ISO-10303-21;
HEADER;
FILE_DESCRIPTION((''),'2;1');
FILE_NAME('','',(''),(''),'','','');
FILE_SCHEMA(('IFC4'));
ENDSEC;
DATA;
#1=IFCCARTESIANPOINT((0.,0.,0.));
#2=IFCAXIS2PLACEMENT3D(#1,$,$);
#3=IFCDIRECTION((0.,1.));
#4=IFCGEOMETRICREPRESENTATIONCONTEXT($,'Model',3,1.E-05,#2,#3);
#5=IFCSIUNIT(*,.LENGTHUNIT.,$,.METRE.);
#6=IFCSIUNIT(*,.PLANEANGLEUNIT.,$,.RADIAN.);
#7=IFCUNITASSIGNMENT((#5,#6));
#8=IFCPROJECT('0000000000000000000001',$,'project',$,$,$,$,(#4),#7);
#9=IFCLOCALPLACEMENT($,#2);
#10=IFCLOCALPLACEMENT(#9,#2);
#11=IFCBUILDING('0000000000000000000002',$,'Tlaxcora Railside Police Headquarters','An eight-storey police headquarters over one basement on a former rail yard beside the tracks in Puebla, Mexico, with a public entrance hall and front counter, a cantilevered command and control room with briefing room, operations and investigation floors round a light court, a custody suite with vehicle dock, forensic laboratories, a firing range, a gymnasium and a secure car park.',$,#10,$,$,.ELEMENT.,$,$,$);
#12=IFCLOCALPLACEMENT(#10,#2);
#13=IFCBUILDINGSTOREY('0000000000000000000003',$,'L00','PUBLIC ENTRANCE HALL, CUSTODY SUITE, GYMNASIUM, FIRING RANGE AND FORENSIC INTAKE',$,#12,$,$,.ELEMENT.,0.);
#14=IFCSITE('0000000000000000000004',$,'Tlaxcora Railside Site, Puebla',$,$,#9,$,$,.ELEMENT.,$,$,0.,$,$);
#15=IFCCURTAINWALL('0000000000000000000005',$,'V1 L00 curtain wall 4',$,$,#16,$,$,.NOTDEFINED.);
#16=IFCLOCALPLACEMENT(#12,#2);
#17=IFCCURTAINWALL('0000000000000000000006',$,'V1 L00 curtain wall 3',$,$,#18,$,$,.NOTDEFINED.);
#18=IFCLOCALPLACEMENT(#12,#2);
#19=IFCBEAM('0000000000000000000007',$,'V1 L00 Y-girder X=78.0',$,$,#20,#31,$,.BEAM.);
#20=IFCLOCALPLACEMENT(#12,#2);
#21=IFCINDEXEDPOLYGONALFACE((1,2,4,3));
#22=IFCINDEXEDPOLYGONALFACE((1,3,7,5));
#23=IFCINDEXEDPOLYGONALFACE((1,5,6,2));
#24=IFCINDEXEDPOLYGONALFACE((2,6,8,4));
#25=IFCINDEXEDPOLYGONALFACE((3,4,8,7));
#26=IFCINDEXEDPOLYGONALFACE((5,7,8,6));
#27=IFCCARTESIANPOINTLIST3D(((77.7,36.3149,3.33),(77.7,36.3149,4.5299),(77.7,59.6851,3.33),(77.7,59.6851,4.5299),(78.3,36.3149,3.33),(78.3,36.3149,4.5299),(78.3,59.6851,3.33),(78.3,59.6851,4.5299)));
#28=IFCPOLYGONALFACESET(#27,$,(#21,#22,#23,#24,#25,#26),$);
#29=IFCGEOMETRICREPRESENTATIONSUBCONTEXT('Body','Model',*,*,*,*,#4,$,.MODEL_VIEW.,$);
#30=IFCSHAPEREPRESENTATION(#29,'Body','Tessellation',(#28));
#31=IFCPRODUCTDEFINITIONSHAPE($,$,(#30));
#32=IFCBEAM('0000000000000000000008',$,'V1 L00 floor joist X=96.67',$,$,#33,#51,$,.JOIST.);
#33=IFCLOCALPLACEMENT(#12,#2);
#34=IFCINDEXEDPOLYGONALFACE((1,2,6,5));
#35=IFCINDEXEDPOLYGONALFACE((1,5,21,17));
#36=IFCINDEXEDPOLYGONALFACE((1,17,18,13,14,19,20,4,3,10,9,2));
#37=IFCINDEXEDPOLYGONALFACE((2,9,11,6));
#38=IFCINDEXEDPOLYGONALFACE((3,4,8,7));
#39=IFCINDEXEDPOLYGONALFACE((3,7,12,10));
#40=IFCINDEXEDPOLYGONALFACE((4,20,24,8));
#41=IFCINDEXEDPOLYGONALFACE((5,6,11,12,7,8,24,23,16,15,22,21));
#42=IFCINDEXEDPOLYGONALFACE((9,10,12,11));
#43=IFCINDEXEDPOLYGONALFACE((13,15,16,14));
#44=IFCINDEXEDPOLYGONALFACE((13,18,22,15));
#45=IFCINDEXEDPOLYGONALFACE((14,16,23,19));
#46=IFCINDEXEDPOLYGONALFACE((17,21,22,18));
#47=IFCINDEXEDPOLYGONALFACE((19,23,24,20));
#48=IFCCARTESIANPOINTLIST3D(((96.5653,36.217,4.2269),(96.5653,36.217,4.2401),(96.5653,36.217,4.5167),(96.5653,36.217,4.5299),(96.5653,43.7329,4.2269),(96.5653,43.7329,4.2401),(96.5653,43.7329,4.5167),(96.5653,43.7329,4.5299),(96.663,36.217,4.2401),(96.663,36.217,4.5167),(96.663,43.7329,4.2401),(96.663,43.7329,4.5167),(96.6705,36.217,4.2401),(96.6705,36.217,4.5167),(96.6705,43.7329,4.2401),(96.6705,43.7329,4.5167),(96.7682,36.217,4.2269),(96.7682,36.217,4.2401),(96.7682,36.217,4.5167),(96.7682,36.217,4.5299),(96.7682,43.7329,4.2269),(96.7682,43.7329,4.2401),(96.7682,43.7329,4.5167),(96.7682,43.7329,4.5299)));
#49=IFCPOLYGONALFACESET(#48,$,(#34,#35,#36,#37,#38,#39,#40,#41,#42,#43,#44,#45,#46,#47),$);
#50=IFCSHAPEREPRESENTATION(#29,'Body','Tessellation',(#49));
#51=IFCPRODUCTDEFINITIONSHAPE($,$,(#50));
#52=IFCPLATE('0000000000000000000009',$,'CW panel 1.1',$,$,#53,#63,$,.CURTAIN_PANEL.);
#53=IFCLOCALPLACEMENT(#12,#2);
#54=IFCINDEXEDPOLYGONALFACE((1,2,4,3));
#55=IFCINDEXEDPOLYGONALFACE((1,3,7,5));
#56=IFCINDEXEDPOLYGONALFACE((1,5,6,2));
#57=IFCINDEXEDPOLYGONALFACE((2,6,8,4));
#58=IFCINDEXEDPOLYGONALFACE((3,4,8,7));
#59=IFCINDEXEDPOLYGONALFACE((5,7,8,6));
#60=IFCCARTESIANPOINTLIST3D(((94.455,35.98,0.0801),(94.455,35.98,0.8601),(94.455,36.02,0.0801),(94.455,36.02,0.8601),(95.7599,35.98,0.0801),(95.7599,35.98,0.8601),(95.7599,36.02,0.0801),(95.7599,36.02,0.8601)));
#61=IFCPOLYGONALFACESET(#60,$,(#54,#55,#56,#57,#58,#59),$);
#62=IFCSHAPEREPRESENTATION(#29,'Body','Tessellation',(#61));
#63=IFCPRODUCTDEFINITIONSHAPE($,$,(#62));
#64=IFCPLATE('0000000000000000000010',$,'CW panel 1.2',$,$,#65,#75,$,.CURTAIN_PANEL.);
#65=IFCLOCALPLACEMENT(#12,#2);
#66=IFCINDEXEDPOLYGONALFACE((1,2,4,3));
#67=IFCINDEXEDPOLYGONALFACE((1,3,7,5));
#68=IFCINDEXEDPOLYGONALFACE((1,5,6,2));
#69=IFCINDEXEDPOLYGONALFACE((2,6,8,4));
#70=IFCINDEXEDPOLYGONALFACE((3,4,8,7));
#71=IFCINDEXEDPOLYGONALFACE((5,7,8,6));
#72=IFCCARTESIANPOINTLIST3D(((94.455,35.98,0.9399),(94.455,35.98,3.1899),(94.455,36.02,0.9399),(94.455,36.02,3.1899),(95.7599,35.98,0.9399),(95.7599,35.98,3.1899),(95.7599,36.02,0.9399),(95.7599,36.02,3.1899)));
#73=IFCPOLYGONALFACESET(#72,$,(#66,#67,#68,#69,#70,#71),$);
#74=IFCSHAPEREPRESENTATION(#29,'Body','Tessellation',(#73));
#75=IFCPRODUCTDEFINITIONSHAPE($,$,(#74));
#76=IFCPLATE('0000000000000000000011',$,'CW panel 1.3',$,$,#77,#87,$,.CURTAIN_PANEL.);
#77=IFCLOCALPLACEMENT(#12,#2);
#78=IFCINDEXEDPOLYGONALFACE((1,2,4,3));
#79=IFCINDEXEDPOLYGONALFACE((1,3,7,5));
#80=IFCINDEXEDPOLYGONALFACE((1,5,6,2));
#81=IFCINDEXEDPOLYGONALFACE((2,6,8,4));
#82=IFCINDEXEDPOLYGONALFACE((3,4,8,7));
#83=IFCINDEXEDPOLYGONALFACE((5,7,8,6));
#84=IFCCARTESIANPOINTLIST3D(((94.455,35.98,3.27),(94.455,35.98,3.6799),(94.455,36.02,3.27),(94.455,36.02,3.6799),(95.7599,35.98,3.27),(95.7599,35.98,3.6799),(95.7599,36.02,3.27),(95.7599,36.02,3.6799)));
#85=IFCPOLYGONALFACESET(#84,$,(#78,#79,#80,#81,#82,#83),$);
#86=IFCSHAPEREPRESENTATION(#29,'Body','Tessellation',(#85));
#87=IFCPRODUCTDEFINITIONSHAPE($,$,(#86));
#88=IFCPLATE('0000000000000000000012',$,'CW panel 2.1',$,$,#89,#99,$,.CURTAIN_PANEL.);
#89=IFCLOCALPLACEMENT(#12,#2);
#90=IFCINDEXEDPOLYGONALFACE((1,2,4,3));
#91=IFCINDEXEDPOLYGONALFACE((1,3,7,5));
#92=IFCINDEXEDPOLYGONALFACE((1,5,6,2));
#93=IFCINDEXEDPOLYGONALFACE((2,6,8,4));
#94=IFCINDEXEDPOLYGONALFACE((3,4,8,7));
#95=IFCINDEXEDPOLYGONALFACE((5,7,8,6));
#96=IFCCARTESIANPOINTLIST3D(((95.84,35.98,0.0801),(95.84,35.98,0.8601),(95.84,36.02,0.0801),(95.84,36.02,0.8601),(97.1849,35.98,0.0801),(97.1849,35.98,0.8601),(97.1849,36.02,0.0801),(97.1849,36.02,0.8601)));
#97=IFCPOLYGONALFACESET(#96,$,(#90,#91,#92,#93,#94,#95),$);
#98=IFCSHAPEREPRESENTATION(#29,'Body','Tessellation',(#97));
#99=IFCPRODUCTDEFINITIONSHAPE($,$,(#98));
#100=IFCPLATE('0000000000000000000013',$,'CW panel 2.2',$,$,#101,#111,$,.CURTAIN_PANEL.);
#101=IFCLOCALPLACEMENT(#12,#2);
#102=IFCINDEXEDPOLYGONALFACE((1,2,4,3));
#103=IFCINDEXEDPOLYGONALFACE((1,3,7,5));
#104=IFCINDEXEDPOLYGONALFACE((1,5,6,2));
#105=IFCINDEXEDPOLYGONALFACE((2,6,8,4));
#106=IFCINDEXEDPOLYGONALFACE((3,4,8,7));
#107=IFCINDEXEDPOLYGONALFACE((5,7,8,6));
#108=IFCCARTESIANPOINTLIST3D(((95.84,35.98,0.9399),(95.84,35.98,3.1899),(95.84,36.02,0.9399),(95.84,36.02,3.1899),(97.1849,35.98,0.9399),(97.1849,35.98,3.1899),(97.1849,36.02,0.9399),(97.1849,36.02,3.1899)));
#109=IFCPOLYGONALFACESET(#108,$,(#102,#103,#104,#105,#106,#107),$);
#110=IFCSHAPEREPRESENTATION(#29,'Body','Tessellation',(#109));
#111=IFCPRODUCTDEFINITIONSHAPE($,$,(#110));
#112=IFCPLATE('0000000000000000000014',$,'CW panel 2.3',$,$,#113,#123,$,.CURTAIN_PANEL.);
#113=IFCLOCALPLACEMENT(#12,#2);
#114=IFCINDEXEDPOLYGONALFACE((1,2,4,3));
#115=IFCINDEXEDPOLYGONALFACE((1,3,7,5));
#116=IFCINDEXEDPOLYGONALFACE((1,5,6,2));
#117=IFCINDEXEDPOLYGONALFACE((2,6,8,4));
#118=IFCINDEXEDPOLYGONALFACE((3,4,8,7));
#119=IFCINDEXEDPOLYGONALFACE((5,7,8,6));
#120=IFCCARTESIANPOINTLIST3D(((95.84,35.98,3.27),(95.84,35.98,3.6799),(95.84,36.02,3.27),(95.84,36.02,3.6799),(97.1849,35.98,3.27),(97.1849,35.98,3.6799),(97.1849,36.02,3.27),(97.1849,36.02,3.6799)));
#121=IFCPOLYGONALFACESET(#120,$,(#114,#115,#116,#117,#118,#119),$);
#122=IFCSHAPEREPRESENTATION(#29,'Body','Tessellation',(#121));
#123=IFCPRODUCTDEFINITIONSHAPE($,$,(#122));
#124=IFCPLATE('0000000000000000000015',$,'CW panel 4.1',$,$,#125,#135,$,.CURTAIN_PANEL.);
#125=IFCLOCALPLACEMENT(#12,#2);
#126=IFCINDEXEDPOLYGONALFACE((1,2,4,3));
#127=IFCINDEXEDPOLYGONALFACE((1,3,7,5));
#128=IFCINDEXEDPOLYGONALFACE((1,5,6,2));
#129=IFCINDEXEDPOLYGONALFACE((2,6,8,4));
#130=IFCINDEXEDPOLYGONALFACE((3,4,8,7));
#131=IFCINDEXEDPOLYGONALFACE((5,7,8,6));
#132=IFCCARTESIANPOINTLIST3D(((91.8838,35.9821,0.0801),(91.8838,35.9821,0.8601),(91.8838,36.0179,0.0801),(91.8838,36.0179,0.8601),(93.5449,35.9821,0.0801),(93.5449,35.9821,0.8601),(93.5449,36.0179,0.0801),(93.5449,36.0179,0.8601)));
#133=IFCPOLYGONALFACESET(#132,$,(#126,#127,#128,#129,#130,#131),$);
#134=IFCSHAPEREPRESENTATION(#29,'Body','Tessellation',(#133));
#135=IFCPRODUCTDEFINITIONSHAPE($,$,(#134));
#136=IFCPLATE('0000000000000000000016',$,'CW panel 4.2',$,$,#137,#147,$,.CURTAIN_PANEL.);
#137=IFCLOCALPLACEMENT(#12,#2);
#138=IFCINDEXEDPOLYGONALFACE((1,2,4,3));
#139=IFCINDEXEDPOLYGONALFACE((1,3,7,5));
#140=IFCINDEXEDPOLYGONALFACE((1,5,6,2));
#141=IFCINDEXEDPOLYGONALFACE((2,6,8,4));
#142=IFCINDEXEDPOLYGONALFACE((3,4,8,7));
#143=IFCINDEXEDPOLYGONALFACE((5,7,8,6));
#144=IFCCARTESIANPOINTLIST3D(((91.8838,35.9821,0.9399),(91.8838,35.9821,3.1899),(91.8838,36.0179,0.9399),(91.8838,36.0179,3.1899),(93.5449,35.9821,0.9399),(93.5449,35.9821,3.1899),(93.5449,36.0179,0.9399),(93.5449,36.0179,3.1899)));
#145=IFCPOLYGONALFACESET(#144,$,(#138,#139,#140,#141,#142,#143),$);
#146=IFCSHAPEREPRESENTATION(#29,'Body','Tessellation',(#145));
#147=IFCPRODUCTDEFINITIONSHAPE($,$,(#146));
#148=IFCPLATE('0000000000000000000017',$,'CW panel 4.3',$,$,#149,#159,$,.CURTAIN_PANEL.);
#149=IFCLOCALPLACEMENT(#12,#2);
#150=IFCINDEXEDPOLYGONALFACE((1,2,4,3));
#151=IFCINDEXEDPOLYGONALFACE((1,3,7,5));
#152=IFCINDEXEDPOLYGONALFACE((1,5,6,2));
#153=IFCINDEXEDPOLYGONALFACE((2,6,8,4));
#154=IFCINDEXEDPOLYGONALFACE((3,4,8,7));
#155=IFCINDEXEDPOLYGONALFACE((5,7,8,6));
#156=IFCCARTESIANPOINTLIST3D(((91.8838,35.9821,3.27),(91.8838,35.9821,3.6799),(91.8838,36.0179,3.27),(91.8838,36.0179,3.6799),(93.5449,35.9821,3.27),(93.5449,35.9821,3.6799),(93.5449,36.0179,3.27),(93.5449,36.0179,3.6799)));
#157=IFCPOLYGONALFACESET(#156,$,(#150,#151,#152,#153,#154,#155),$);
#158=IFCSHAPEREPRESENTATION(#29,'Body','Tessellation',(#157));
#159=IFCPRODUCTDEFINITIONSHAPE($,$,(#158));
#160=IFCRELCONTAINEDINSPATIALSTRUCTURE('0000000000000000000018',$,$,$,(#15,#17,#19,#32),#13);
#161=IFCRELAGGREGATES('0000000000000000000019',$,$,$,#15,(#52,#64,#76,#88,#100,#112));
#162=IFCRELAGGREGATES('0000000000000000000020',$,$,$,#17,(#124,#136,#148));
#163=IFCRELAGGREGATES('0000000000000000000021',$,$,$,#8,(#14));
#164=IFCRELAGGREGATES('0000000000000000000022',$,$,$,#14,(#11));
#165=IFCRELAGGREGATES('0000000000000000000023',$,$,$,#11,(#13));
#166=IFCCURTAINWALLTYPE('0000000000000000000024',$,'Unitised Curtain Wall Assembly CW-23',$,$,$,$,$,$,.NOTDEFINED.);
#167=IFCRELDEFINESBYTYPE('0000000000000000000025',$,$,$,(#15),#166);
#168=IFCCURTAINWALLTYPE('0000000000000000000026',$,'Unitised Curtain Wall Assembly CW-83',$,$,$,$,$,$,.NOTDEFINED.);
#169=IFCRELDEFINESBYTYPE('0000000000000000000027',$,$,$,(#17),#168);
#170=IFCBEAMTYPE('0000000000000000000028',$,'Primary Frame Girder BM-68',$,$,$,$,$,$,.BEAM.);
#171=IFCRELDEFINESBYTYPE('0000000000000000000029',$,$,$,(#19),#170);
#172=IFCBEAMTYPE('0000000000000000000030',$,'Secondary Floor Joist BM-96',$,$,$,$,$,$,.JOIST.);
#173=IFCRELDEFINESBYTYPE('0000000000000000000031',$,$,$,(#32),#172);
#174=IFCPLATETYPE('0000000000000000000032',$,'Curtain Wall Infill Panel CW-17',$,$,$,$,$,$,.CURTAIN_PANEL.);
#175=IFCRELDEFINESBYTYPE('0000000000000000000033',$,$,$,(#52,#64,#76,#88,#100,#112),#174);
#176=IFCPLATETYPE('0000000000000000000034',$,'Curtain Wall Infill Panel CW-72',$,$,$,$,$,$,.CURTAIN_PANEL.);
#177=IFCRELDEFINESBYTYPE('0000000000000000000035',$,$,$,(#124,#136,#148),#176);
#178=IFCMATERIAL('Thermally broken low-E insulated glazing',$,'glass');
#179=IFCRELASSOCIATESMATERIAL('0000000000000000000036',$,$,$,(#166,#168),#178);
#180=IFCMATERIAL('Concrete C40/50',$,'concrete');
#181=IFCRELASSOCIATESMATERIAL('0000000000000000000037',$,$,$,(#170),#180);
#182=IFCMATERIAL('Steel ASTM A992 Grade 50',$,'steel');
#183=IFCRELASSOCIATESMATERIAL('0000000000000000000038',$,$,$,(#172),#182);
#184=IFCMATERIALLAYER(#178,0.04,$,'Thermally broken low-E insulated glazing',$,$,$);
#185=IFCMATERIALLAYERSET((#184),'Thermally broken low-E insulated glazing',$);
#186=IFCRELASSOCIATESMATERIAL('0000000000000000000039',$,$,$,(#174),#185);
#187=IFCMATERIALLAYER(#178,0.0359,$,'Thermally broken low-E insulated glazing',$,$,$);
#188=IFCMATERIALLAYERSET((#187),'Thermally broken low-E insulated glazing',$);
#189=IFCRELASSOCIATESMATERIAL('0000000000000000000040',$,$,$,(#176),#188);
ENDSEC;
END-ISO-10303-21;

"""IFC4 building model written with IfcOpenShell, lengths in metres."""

from ifc_helpers import new_model, si_unit, direction, frame, origin, origin_2d, place, context, subcontext, project, spatial, rectangle, i_section, extrude, material, layer, layer_set, material_profile, profile_set, type_object, element, aggregate, save


model = new_model("IFC4")

# Units and contexts
model_context = context("Model", 3, precision=1e-05, world=origin(), true_north=direction((0.0, 1.0)))
body_context = subcontext(model_context, "Body", "Model", "MODEL_VIEW")
ifc_project = project(units=[si_unit("LENGTHUNIT", "METRE"), si_unit("PLANEANGLEUNIT", "RADIAN")], contexts=[model_context])

# Site, building, storey
site_placement = place(None, origin())
site = spatial("IfcSite", under=ifc_project, at=site_placement, Name="Tlaxcora Railside Site, Puebla", CompositionType="ELEMENT", RefElevation=0.0)
building_placement = place(site_placement, origin())
building = spatial("IfcBuilding", under=site, at=building_placement, Name="Tlaxcora Railside Police Headquarters", Description="An eight-storey police headquarters over one basement on a former rail yard beside the tracks in Puebla, Mexico, with a public entrance hall and front counter, a cantilevered command and control room with briefing room, operations and investigation floors round a light court, a custody suite with vehicle dock, forensic laboratories, a firing range, a gymnasium and a secure car park.", CompositionType="ELEMENT")
storey_placement = place(building_placement, origin())
storey = spatial("IfcBuildingStorey", under=building, at=storey_placement, Name="L00", Description="PUBLIC ENTRANCE HALL, CUSTODY SUITE, GYMNASIUM, FIRING RANGE AND FORENSIC INTAKE", CompositionType="ELEMENT", Elevation=0.0)

# Shared definitions
ifc_material_1 = material(Name="Concrete C40/50", Category="concrete")

# Curtain wall
ifc_material_2 = material(Name="Thermally broken low-E insulated glazing", Category="glass")
curtain_wall_type_1 = type_object("IfcCurtainWallType", Name="Unitised Curtain Wall Assembly CW-23", PredefinedType="NOTDEFINED", material=ifc_material_2)
curtain_wall_1_placement = place(storey_placement, origin())
curtain_wall_1 = element("IfcCurtainWall", 1, at=curtain_wall_1_placement, inside=storey, type_object=curtain_wall_type_1, Name="V1 L00 curtain wall 4", PredefinedType="NOTDEFINED")

# Curtain wall
curtain_wall_type_2 = type_object("IfcCurtainWallType", Name="Unitised Curtain Wall Assembly CW-83", PredefinedType="NOTDEFINED", material=ifc_material_2)
curtain_wall_2_placement = place(storey_placement, origin())
curtain_wall_2 = element("IfcCurtainWall", 2, at=curtain_wall_2_placement, inside=storey, type_object=curtain_wall_type_2, Name="V1 L00 curtain wall 3", PredefinedType="NOTDEFINED")

# Beams
ifc_material_profile_1 = material_profile(ifc_material_1, rectangle(XDim=0.6001, YDim=1.2, at=origin_2d()), Name="RC600X1200")
ifc_profile_set_1 = profile_set([ifc_material_profile_1], Name="Concrete C40/50")
beam_type_1 = type_object("IfcBeamType", Name="Primary Frame Girder BM-68", PredefinedType="BEAM", material=ifc_profile_set_1)
beam_1_placement = place(storey_placement, frame((78.0, 36.3149, 3.9299), z_axis=(0.0, 1.0, 0.0), x_axis=(-1.0, 0.0, 0.0)))
element("IfcBeam", 3, at=beam_1_placement, inside=storey, type_object=beam_type_1, Name="V1 L00 Y-girder X=78.0", PredefinedType="BEAM", context=body_context, shape_type="SweptSolid", body=[
    extrude(rectangle(XDim=0.6001, YDim=1.2, at=origin_2d()), origin(), (0.0, 0.0, 1.0), 23.3701),
])
ifc_material_3 = material(Name="Steel ASTM A992 Grade 50", Category="steel")
ifc_material_profile_2 = material_profile(ifc_material_3, i_section(OverallWidth=0.2029, OverallDepth=0.303, WebThickness=0.0076, FlangeThickness=0.0132, at=origin_2d()), Name="W12X40")
ifc_profile_set_2 = profile_set([ifc_material_profile_2], Name="Steel ASTM A992 Grade 50")
beam_type_2 = type_object("IfcBeamType", Name="Secondary Floor Joist BM-96", PredefinedType="JOIST", material=ifc_profile_set_2)
beam_2_placement = place(storey_placement, frame((96.6667, 36.217, 4.3784), z_axis=(0.0, 1.0, 0.0), x_axis=(-1.0, 0.0, 0.0)))
element("IfcBeam", 4, at=beam_2_placement, inside=storey, type_object=beam_type_2, Name="V1 L00 floor joist X=96.67", PredefinedType="JOIST", context=body_context, shape_type="SweptSolid", body=[
    extrude(i_section(OverallWidth=0.2029, OverallDepth=0.303, WebThickness=0.0076, FlangeThickness=0.0132, at=origin_2d()), origin(), (0.0, 0.0, 1.0), 7.5159),
])

# Plates
ifc_layer_1 = layer(ifc_material_2, 0.04, Name="Thermally broken low-E insulated glazing")
ifc_layer_set_1 = layer_set([ifc_layer_1], Name="Thermally broken low-E insulated glazing")
plate_type_1 = type_object("IfcPlateType", Name="Curtain Wall Infill Panel CW-17", PredefinedType="CURTAIN_PANEL", material=ifc_layer_set_1)
plate_1_placement = place(storey_placement, frame((95.1074, 36.0, 0.0801), z_axis=(0.0, 0.0, 1.0), x_axis=(1.0, 0.0, 0.0)))
plate_1 = element("IfcPlate", 5, at=plate_1_placement, type_object=plate_type_1, Name="CW panel 1.1", PredefinedType="CURTAIN_PANEL", context=body_context, shape_type="SweptSolid", body=[
    extrude(rectangle(XDim=1.3049, YDim=0.04, at=origin_2d()), origin(), (0.0, 0.0, 1.0), 0.78),
])
plate_2_placement = place(storey_placement, frame((95.1074, 36.0, 0.9399), z_axis=(0.0, 0.0, 1.0), x_axis=(1.0, 0.0, 0.0)))
plate_2 = element("IfcPlate", 6, at=plate_2_placement, type_object=plate_type_1, Name="CW panel 1.2", PredefinedType="CURTAIN_PANEL", context=body_context, shape_type="SweptSolid", body=[
    extrude(rectangle(XDim=1.3049, YDim=0.04, at=origin_2d()), origin(), (0.0, 0.0, 1.0), 2.25),
])
plate_3_placement = place(storey_placement, frame((95.1074, 36.0, 3.27), z_axis=(0.0, 0.0, 1.0), x_axis=(1.0, 0.0, 0.0)))
plate_3 = element("IfcPlate", 7, at=plate_3_placement, type_object=plate_type_1, Name="CW panel 1.3", PredefinedType="CURTAIN_PANEL", context=body_context, shape_type="SweptSolid", body=[
    extrude(rectangle(XDim=1.3049, YDim=0.04, at=origin_2d()), origin(), (0.0, 0.0, 1.0), 0.4099),
])
plate_4_placement = place(storey_placement, frame((96.5125, 36.0, 0.0801), z_axis=(0.0, 0.0, 1.0), x_axis=(1.0, 0.0, 0.0)))
plate_4 = element("IfcPlate", 8, at=plate_4_placement, type_object=plate_type_1, Name="CW panel 2.1", PredefinedType="CURTAIN_PANEL", context=body_context, shape_type="SweptSolid", body=[
    extrude(rectangle(XDim=1.345, YDim=0.04, at=origin_2d()), origin(), (0.0, 0.0, 1.0), 0.78),
])
plate_5_placement = place(storey_placement, frame((96.5125, 36.0, 0.9399), z_axis=(0.0, 0.0, 1.0), x_axis=(1.0, 0.0, 0.0)))
plate_5 = element("IfcPlate", 9, at=plate_5_placement, type_object=plate_type_1, Name="CW panel 2.2", PredefinedType="CURTAIN_PANEL", context=body_context, shape_type="SweptSolid", body=[
    extrude(rectangle(XDim=1.345, YDim=0.04, at=origin_2d()), origin(), (0.0, 0.0, 1.0), 2.25),
])
plate_6_placement = place(storey_placement, frame((96.5125, 36.0, 3.27), z_axis=(0.0, 0.0, 1.0), x_axis=(1.0, 0.0, 0.0)))
plate_6 = element("IfcPlate", 10, at=plate_6_placement, type_object=plate_type_1, Name="CW panel 2.3", PredefinedType="CURTAIN_PANEL", context=body_context, shape_type="SweptSolid", body=[
    extrude(rectangle(XDim=1.345, YDim=0.04, at=origin_2d()), origin(), (0.0, 0.0, 1.0), 0.4099),
])
aggregate(curtain_wall_1, [plate_1, plate_2, plate_3, plate_4, plate_5, plate_6])
ifc_layer_2 = layer(ifc_material_2, 0.0359, Name="Thermally broken low-E insulated glazing")
ifc_layer_set_2 = layer_set([ifc_layer_2], Name="Thermally broken low-E insulated glazing")
plate_type_2 = type_object("IfcPlateType", Name="Curtain Wall Infill Panel CW-72", PredefinedType="CURTAIN_PANEL", material=ifc_layer_set_2)
plate_7_placement = place(storey_placement, frame((92.7144, 36.0, 0.0801), z_axis=(0.0, 0.0, 1.0), x_axis=(1.0, 0.0, 0.0)))
plate_7 = element("IfcPlate", 11, at=plate_7_placement, type_object=plate_type_2, Name="CW panel 4.1", PredefinedType="CURTAIN_PANEL", context=body_context, shape_type="SweptSolid", body=[
    extrude(rectangle(XDim=1.6611, YDim=0.0359, at=origin_2d()), origin(), (0.0, 0.0, 1.0), 0.78),
])
plate_8_placement = place(storey_placement, frame((92.7144, 36.0, 0.9399), z_axis=(0.0, 0.0, 1.0), x_axis=(1.0, 0.0, 0.0)))
plate_8 = element("IfcPlate", 12, at=plate_8_placement, type_object=plate_type_2, Name="CW panel 4.2", PredefinedType="CURTAIN_PANEL", context=body_context, shape_type="SweptSolid", body=[
    extrude(rectangle(XDim=1.6611, YDim=0.0359, at=origin_2d()), origin(), (0.0, 0.0, 1.0), 2.25),
])
plate_9_placement = place(storey_placement, frame((92.7144, 36.0, 3.27), z_axis=(0.0, 0.0, 1.0), x_axis=(1.0, 0.0, 0.0)))
plate_9 = element("IfcPlate", 13, at=plate_9_placement, type_object=plate_type_2, Name="CW panel 4.3", PredefinedType="CURTAIN_PANEL", context=body_context, shape_type="SweptSolid", body=[
    extrude(rectangle(XDim=1.6611, YDim=0.0359, at=origin_2d()), origin(), (0.0, 0.0, 1.0), 0.4099),
])
aggregate(curtain_wall_2, [plate_7, plate_8, plate_9])

save(model, "model.ifc")
